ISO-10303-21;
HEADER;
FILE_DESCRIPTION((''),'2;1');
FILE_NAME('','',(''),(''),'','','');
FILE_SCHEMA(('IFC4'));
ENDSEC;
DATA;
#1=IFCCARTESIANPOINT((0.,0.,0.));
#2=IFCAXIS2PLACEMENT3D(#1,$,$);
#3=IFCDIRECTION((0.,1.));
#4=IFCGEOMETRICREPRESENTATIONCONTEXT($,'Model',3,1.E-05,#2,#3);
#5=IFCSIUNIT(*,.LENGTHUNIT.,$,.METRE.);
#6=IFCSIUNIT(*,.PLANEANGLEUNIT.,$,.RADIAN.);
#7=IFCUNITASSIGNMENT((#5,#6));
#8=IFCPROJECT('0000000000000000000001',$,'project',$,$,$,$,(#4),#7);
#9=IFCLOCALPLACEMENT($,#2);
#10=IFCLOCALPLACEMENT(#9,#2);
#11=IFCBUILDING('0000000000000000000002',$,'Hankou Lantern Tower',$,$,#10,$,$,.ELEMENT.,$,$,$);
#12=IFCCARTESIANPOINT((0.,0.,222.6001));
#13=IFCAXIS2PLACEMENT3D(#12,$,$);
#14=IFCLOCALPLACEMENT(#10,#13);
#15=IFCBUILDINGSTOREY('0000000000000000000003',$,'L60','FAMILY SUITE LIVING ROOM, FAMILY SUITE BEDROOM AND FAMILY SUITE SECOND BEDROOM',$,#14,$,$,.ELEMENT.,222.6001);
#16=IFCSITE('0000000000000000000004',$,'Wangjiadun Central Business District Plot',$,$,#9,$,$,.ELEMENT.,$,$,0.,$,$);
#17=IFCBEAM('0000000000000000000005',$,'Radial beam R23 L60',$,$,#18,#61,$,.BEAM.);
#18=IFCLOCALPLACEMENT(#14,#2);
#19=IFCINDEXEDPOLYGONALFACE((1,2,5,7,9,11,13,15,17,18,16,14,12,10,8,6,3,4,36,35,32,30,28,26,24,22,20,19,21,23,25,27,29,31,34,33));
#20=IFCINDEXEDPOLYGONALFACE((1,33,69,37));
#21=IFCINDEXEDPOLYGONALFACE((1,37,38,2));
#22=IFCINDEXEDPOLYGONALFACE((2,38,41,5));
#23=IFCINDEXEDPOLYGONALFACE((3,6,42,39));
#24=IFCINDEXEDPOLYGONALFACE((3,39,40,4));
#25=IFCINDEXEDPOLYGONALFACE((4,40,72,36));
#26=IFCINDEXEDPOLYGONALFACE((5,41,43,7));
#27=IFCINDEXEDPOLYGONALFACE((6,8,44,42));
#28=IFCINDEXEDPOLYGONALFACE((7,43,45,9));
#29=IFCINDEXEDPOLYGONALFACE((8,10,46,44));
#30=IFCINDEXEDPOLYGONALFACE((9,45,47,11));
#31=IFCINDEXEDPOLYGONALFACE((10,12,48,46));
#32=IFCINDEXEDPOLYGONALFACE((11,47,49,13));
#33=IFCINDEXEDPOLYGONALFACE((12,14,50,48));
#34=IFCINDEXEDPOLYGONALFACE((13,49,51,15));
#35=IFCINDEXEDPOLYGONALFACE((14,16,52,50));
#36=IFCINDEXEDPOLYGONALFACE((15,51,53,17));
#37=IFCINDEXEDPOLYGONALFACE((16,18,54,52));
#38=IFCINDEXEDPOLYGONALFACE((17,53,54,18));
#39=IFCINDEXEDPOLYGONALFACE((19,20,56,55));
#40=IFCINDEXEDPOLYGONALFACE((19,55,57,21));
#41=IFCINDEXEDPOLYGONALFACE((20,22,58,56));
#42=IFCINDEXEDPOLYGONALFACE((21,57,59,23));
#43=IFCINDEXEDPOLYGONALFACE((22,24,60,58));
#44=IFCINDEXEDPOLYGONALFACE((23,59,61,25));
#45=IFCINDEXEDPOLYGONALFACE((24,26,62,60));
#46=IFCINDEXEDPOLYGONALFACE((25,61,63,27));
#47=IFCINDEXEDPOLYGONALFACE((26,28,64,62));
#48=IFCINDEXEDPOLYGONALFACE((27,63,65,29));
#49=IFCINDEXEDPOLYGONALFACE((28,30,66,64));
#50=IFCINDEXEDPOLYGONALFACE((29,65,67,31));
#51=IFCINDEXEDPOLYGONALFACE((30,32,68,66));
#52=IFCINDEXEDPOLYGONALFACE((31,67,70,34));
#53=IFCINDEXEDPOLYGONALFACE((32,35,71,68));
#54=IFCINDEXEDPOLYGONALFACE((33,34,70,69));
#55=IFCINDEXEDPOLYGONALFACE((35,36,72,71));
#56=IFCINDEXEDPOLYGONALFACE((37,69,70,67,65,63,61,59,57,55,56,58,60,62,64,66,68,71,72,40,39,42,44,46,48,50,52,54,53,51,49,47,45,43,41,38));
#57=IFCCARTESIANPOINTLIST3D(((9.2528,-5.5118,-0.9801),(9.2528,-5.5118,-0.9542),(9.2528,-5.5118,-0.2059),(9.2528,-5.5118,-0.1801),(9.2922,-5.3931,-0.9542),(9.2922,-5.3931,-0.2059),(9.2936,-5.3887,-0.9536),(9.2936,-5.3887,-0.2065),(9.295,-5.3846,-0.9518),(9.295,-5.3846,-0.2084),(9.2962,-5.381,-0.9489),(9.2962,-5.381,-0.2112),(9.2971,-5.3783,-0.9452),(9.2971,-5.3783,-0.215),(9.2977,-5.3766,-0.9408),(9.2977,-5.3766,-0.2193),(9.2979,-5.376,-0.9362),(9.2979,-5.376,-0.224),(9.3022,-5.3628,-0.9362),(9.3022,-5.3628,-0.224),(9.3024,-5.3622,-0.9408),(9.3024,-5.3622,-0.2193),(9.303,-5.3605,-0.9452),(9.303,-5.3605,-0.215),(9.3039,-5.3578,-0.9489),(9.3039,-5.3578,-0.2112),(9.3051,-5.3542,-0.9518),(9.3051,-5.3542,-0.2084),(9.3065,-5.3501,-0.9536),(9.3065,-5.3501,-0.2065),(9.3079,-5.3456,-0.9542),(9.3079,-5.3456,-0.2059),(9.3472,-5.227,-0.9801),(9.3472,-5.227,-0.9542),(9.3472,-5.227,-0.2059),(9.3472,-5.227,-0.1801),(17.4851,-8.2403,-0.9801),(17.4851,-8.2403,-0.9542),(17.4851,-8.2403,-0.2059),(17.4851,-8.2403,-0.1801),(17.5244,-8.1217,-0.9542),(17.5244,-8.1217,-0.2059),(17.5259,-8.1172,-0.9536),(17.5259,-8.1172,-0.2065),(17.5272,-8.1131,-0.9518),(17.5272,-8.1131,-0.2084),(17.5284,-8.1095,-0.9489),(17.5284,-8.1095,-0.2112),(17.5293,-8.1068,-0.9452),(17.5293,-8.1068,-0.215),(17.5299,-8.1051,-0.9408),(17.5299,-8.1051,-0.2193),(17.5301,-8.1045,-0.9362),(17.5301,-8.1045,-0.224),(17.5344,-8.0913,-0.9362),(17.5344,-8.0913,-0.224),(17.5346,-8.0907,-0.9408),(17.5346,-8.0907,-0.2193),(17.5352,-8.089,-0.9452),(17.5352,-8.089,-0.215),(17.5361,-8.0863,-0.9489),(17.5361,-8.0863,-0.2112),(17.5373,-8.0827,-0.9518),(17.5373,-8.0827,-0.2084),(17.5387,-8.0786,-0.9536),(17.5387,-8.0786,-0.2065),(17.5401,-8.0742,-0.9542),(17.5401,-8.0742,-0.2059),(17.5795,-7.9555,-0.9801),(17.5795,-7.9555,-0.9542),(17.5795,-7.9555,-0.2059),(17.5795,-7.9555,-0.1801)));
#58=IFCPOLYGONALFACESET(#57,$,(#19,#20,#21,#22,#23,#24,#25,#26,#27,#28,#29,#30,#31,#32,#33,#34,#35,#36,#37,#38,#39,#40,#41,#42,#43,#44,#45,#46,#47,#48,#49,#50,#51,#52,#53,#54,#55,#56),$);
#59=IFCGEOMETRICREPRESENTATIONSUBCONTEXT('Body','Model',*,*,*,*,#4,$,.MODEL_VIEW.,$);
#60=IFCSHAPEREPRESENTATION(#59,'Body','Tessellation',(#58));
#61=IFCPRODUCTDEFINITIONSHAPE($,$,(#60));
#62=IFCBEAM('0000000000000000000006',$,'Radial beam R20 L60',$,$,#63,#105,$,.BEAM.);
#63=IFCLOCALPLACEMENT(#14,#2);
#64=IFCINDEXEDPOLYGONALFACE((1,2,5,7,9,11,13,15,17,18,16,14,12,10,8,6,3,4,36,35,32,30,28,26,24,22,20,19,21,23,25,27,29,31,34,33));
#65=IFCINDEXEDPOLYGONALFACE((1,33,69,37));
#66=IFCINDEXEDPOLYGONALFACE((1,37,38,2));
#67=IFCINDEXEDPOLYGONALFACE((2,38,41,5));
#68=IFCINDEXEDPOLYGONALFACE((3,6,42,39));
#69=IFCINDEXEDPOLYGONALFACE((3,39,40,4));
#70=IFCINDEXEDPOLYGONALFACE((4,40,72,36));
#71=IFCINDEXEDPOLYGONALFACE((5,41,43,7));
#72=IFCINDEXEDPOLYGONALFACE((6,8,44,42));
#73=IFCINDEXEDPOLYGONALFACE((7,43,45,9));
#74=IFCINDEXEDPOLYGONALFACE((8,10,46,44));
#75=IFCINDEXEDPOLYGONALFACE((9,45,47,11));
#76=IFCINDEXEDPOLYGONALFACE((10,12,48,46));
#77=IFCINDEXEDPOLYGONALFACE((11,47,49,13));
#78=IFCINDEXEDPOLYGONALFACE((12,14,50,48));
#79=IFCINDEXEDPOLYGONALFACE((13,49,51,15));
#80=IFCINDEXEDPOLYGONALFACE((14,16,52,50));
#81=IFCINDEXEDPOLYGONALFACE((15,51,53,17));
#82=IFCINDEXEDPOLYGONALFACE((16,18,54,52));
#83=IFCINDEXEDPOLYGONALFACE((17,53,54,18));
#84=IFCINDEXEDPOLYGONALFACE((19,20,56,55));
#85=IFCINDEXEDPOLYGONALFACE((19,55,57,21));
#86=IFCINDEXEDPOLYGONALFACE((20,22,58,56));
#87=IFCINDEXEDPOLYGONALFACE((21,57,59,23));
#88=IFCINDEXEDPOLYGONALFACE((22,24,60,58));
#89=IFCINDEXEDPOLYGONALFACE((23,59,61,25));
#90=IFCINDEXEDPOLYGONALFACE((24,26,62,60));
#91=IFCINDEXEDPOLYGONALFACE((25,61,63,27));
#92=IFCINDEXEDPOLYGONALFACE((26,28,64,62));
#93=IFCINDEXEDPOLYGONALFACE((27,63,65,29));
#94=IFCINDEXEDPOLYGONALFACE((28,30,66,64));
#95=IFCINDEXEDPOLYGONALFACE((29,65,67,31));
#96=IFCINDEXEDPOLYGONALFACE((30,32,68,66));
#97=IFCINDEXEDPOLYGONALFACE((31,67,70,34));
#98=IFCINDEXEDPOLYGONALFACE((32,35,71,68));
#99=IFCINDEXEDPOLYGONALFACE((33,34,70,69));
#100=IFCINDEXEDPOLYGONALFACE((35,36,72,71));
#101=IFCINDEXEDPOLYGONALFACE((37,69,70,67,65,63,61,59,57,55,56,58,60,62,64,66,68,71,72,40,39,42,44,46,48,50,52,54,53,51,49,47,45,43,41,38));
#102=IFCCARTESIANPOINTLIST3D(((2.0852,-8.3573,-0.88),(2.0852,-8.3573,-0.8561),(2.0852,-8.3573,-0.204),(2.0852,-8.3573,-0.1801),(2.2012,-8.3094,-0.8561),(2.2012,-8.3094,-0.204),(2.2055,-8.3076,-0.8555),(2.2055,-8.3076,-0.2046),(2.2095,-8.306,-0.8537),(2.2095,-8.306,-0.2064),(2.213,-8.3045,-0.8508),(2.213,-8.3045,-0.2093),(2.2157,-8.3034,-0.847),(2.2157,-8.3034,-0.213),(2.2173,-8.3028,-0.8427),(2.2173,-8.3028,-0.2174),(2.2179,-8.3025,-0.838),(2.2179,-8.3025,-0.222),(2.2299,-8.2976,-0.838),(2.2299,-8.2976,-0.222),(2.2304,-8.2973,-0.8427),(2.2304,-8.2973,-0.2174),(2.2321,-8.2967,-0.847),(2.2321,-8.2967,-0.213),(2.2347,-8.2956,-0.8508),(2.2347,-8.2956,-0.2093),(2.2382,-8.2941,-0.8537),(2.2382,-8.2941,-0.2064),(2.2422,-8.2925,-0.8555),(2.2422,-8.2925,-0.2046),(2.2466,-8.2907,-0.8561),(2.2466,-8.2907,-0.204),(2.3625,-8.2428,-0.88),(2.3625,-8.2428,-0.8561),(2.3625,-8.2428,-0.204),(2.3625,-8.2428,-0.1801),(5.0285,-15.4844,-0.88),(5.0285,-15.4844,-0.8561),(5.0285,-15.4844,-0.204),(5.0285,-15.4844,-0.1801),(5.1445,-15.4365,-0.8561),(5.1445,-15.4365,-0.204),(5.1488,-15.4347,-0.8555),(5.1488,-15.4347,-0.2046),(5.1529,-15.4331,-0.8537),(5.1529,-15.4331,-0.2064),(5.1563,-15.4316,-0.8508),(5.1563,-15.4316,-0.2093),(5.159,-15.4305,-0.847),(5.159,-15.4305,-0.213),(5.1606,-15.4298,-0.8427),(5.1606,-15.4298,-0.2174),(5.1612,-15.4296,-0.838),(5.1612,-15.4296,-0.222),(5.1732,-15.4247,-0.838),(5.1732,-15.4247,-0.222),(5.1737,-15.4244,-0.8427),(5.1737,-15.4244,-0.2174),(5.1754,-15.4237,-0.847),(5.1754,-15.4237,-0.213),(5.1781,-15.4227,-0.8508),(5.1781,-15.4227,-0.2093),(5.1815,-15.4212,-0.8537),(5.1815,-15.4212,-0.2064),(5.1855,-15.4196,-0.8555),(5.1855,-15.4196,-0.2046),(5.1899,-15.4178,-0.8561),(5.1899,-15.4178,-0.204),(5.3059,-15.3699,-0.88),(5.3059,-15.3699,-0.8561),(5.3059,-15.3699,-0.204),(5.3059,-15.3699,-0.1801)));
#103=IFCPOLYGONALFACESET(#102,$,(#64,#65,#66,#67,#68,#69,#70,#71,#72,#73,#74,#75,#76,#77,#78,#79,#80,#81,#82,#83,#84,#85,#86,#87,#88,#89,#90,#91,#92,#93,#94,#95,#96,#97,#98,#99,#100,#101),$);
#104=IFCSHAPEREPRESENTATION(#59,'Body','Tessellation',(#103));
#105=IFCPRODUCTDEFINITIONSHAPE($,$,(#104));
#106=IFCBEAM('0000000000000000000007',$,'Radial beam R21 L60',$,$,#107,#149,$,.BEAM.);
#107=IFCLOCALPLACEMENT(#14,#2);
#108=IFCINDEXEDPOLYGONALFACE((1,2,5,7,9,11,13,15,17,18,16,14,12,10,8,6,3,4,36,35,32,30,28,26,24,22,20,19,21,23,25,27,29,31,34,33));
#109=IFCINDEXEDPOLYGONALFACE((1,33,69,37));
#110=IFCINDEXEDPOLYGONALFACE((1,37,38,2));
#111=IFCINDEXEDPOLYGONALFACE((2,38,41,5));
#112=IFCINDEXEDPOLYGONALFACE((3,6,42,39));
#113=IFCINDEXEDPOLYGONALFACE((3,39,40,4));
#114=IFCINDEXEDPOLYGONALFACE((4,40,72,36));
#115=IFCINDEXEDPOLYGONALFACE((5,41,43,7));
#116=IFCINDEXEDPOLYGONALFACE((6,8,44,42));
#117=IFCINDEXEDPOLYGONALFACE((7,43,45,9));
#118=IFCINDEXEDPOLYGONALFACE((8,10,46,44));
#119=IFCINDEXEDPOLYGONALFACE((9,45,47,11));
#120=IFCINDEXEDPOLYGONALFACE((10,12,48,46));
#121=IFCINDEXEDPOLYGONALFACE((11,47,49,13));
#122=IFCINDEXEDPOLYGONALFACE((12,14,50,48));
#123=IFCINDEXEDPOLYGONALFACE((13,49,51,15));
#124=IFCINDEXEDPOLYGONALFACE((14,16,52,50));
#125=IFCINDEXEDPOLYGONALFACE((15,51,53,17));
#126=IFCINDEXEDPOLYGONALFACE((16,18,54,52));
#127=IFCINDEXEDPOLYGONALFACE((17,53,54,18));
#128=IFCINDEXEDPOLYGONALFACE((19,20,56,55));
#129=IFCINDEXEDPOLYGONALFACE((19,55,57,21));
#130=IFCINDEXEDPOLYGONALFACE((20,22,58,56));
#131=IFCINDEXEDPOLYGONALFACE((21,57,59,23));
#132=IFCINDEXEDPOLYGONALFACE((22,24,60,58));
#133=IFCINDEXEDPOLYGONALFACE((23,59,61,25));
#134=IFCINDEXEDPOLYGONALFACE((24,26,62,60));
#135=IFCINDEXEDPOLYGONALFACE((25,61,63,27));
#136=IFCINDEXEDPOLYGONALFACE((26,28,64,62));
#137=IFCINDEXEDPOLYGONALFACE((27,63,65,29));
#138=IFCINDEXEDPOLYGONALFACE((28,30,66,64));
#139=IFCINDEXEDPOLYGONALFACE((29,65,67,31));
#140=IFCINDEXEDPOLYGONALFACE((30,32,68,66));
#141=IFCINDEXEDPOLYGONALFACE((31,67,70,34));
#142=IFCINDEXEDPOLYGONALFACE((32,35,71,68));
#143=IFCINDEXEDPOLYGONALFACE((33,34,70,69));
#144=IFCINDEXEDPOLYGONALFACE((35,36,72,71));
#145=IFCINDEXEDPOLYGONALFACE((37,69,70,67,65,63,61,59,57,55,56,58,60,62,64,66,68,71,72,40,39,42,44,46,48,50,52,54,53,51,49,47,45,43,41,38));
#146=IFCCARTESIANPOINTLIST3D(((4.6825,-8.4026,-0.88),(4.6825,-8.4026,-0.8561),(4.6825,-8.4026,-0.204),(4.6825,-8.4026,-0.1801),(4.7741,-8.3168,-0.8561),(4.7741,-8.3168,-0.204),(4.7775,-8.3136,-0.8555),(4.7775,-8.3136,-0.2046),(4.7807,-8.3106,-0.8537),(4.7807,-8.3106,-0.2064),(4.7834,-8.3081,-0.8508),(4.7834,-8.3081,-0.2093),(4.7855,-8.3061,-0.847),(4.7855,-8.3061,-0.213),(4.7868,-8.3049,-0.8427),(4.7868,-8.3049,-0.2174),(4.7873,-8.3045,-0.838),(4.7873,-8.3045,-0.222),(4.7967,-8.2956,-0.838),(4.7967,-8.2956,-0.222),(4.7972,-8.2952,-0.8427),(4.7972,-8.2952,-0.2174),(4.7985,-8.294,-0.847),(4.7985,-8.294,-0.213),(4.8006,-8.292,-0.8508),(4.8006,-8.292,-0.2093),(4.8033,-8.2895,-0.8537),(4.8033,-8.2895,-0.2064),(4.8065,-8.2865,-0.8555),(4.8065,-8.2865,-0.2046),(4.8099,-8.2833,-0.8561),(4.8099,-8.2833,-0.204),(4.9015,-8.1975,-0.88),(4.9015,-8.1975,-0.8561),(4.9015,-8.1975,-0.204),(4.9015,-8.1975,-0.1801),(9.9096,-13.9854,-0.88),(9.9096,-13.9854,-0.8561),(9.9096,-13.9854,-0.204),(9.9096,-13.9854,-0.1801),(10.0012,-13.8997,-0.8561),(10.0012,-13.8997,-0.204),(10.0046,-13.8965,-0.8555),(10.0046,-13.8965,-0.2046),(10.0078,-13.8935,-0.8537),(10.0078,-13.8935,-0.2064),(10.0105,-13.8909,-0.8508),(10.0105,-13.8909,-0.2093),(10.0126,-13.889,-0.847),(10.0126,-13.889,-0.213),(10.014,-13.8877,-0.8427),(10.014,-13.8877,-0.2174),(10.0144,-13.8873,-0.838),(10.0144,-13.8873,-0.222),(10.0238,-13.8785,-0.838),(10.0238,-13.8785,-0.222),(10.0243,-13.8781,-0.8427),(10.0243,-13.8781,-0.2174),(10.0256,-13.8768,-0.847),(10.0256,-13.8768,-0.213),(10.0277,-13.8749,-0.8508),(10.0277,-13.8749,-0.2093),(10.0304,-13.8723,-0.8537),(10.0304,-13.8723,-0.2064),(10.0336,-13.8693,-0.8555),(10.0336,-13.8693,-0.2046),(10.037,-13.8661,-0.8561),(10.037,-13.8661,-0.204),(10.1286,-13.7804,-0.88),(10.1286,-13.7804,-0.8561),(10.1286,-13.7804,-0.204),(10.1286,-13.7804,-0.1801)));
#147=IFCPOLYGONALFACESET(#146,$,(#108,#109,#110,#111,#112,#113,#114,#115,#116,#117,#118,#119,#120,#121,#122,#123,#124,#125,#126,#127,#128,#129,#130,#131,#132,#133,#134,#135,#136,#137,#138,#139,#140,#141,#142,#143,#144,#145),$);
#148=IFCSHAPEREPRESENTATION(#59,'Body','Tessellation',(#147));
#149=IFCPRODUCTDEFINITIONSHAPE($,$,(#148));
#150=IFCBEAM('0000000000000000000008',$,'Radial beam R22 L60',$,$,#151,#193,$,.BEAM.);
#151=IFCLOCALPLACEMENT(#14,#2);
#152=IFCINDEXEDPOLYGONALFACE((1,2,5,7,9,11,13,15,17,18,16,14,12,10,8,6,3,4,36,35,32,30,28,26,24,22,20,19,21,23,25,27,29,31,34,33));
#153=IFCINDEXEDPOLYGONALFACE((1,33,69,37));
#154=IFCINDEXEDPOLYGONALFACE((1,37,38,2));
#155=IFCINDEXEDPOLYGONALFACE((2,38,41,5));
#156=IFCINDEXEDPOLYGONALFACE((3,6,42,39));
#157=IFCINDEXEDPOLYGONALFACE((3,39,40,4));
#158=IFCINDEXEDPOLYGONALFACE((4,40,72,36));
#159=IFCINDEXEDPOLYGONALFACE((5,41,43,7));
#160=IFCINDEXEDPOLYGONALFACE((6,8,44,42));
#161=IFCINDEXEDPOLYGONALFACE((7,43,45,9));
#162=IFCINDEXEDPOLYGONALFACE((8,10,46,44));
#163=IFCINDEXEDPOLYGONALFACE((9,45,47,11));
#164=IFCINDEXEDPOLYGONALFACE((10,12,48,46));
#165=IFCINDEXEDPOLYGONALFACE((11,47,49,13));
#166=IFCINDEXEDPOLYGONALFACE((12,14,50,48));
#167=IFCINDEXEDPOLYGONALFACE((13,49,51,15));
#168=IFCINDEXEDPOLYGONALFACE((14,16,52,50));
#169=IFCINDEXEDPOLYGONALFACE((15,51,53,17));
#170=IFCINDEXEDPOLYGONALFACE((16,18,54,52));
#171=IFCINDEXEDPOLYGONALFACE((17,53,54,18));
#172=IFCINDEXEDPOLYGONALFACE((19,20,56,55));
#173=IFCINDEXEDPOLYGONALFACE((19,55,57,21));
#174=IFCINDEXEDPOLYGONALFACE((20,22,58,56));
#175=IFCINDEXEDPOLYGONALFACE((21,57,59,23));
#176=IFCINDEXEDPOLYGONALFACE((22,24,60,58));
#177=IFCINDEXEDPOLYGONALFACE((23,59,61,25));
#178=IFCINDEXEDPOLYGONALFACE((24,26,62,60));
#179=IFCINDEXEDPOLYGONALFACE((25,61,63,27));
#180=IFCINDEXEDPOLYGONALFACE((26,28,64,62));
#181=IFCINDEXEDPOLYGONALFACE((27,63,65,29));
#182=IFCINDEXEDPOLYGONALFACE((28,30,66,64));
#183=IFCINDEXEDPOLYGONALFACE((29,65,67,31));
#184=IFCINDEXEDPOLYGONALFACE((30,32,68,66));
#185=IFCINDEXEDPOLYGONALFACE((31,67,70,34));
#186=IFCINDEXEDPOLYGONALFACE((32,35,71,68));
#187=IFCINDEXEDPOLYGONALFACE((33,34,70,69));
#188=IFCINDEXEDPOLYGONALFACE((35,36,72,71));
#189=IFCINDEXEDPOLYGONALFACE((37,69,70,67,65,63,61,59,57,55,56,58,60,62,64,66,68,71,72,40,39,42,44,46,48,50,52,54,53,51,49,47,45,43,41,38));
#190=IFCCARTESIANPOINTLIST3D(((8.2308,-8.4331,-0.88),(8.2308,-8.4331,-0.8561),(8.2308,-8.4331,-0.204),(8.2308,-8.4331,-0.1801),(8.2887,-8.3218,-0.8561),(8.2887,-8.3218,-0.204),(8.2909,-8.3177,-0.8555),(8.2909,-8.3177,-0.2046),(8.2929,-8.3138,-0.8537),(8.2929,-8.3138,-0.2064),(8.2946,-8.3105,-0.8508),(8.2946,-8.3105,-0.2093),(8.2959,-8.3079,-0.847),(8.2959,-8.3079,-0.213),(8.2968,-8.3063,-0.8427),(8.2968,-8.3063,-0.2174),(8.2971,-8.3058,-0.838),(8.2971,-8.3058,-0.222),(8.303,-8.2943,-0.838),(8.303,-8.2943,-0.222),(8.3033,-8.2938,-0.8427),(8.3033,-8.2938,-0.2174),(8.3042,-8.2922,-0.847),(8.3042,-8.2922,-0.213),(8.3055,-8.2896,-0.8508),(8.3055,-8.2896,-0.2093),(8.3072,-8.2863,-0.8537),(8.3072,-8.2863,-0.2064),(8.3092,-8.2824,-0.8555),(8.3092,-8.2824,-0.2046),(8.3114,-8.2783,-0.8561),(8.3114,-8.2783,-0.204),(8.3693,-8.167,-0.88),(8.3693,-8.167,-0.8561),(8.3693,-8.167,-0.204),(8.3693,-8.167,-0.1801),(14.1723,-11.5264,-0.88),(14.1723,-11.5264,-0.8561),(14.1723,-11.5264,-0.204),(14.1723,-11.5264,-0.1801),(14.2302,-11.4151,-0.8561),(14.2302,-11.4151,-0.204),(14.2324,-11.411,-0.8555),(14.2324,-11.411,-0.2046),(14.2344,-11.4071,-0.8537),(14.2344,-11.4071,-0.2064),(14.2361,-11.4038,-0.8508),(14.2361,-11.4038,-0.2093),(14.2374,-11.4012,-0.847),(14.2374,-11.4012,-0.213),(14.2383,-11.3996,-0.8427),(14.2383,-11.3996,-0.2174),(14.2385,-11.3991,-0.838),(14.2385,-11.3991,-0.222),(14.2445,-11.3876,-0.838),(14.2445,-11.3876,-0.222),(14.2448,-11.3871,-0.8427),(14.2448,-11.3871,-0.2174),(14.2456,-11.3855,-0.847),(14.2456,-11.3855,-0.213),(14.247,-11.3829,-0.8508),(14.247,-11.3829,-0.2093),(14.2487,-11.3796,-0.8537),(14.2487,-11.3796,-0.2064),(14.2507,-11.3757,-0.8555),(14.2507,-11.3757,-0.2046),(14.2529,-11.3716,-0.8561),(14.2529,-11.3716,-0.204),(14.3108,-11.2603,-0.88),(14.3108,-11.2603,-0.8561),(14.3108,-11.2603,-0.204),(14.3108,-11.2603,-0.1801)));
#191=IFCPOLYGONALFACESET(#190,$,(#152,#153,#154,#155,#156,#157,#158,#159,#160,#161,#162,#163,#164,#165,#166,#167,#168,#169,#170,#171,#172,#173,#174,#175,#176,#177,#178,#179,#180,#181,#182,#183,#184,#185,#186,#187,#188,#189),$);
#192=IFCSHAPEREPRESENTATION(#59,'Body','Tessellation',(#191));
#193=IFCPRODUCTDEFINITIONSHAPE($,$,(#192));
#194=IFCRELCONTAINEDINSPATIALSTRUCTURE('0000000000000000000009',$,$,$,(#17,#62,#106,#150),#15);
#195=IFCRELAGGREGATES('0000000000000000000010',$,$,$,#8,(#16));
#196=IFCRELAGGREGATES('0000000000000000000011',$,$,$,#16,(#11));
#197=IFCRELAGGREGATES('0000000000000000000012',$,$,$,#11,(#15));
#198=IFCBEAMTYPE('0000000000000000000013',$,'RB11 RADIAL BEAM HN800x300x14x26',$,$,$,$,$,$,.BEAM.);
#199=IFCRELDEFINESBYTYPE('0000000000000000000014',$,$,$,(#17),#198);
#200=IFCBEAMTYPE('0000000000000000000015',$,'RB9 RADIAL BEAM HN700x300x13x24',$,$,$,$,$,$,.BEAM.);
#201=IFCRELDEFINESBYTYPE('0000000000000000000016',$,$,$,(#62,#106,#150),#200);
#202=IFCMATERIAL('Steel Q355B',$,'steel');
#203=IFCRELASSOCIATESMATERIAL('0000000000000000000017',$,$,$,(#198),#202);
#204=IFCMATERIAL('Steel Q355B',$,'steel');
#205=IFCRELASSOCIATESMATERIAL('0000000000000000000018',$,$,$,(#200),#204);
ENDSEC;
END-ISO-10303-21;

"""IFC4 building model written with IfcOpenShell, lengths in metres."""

from ifc_helpers import new_model, si_unit, direction, frame, origin, origin_2d, place, context, subcontext, project, spatial, i_section, extrude, material, material_profile, profile_set, type_object, element, save


model = new_model("IFC4")

# Units and contexts
model_context = context("Model", 3, precision=1e-05, world=origin(), true_north=direction((0.0, 1.0)))
body_context = subcontext(model_context, "Body", "Model", "MODEL_VIEW")
ifc_project = project(units=[si_unit("LENGTHUNIT", "METRE"), si_unit("PLANEANGLEUNIT", "RADIAN")], contexts=[model_context])

# Site, building, storey
site_placement = place(None, origin())
site = spatial("IfcSite", under=ifc_project, at=site_placement, Name="Wangjiadun Central Business District Plot", CompositionType="ELEMENT", RefElevation=0.0)
building_placement = place(site_placement, origin())
building = spatial("IfcBuilding", under=site, at=building_placement, Name="Hankou Lantern Tower", CompositionType="ELEMENT")
storey_placement = place(building_placement, frame((0.0, 0.0, 222.6001)))
storey = spatial("IfcBuildingStorey", under=building, at=storey_placement, Name="L60", Description="FAMILY SUITE LIVING ROOM, FAMILY SUITE BEDROOM AND FAMILY SUITE SECOND BEDROOM", CompositionType="ELEMENT", Elevation=222.6001)

# Beams
ifc_material_1 = material(Name="Steel Q355B", Category="steel")
ifc_material_profile_1 = material_profile(ifc_material_1, i_section(OverallWidth=0.3, OverallDepth=0.8, WebThickness=0.0139, FlangeThickness=0.0259, FilletRadius=0.0181, at=origin_2d()), Name="HN800x300x14x26")
ifc_profile_set_1 = profile_set([ifc_material_profile_1], Name="Steel Q355B")
beam_type_1 = type_object("IfcBeamType", Name="RB11 RADIAL BEAM HN800x300x14x26", PredefinedType="BEAM", material=ifc_profile_set_1)
beam_1_placement = place(storey_placement, frame((9.3, -5.3694, -0.5801), z_axis=(0.94922, -0.314614, 0.0), x_axis=(0.314614, 0.94922, 0.0)))
element("IfcBeam", 1, at=beam_1_placement, inside=storey, type_object=beam_type_1, Name="Radial beam R23 L60", PredefinedType="BEAM", context=body_context, shape_type="SweptSolid", body=[
    extrude(i_section(OverallWidth=0.3, OverallDepth=0.8, WebThickness=0.0139, FlangeThickness=0.0259, FilletRadius=0.0181, at=origin_2d()), origin(), (0.0, 0.0, 1.0), 8.6726),
])
ifc_material_2 = material(Name="Steel Q355B", Category="steel")
ifc_material_profile_2 = material_profile(ifc_material_2, i_section(OverallWidth=0.3, OverallDepth=0.7, WebThickness=0.0129, FlangeThickness=0.0239, FilletRadius=0.0181, at=origin_2d()), Name="HN700x300x13x24")
ifc_profile_set_2 = profile_set([ifc_material_profile_2], Name="Steel Q355B")
beam_type_2 = type_object("IfcBeamType", Name="RB9 RADIAL BEAM HN700x300x13x24", PredefinedType="BEAM", material=ifc_profile_set_2)
beam_2_placement = place(storey_placement, frame((2.2239, -8.3, -0.53), z_axis=(0.381707, -0.924284, 0.0), x_axis=(0.924284, 0.381707, 0.0)))
element("IfcBeam", 2, at=beam_2_placement, inside=storey, type_object=beam_type_2, Name="Radial beam R20 L60", PredefinedType="BEAM", context=body_context, shape_type="SweptSolid", body=[
    extrude(i_section(OverallWidth=0.3, OverallDepth=0.7, WebThickness=0.0129, FlangeThickness=0.0239, FilletRadius=0.0181, at=origin_2d()), origin(), (0.0, 0.0, 1.0), 7.7109),
])
beam_3_placement = place(storey_placement, frame((4.792, -8.3, -0.53), z_axis=(0.683468, -0.72998, 0.0), x_axis=(0.72998, 0.683468, 0.0)))
element("IfcBeam", 3, at=beam_3_placement, inside=storey, type_object=beam_type_2, Name="Radial beam R21 L60", PredefinedType="BEAM", context=body_context, shape_type="SweptSolid", body=[
    extrude(i_section(OverallWidth=0.3, OverallDepth=0.7, WebThickness=0.0129, FlangeThickness=0.0239, FilletRadius=0.0181, at=origin_2d()), origin(), (0.0, 0.0, 1.0), 7.6479),
])
beam_4_placement = place(storey_placement, frame((8.3, -8.3, -0.53), z_axis=(0.886989, -0.461791, 0.0), x_axis=(0.461791, 0.886989, 0.0)))
element("IfcBeam", 4, at=beam_4_placement, inside=storey, type_object=beam_type_2, Name="Radial beam R22 L60", PredefinedType="BEAM", context=body_context, shape_type="SweptSolid", body=[
    extrude(i_section(OverallWidth=0.3, OverallDepth=0.7, WebThickness=0.0129, FlangeThickness=0.0239, FilletRadius=0.0181, at=origin_2d()), origin(), (0.0, 0.0, 1.0), 6.6985),
])

save(model, "model.ifc")
